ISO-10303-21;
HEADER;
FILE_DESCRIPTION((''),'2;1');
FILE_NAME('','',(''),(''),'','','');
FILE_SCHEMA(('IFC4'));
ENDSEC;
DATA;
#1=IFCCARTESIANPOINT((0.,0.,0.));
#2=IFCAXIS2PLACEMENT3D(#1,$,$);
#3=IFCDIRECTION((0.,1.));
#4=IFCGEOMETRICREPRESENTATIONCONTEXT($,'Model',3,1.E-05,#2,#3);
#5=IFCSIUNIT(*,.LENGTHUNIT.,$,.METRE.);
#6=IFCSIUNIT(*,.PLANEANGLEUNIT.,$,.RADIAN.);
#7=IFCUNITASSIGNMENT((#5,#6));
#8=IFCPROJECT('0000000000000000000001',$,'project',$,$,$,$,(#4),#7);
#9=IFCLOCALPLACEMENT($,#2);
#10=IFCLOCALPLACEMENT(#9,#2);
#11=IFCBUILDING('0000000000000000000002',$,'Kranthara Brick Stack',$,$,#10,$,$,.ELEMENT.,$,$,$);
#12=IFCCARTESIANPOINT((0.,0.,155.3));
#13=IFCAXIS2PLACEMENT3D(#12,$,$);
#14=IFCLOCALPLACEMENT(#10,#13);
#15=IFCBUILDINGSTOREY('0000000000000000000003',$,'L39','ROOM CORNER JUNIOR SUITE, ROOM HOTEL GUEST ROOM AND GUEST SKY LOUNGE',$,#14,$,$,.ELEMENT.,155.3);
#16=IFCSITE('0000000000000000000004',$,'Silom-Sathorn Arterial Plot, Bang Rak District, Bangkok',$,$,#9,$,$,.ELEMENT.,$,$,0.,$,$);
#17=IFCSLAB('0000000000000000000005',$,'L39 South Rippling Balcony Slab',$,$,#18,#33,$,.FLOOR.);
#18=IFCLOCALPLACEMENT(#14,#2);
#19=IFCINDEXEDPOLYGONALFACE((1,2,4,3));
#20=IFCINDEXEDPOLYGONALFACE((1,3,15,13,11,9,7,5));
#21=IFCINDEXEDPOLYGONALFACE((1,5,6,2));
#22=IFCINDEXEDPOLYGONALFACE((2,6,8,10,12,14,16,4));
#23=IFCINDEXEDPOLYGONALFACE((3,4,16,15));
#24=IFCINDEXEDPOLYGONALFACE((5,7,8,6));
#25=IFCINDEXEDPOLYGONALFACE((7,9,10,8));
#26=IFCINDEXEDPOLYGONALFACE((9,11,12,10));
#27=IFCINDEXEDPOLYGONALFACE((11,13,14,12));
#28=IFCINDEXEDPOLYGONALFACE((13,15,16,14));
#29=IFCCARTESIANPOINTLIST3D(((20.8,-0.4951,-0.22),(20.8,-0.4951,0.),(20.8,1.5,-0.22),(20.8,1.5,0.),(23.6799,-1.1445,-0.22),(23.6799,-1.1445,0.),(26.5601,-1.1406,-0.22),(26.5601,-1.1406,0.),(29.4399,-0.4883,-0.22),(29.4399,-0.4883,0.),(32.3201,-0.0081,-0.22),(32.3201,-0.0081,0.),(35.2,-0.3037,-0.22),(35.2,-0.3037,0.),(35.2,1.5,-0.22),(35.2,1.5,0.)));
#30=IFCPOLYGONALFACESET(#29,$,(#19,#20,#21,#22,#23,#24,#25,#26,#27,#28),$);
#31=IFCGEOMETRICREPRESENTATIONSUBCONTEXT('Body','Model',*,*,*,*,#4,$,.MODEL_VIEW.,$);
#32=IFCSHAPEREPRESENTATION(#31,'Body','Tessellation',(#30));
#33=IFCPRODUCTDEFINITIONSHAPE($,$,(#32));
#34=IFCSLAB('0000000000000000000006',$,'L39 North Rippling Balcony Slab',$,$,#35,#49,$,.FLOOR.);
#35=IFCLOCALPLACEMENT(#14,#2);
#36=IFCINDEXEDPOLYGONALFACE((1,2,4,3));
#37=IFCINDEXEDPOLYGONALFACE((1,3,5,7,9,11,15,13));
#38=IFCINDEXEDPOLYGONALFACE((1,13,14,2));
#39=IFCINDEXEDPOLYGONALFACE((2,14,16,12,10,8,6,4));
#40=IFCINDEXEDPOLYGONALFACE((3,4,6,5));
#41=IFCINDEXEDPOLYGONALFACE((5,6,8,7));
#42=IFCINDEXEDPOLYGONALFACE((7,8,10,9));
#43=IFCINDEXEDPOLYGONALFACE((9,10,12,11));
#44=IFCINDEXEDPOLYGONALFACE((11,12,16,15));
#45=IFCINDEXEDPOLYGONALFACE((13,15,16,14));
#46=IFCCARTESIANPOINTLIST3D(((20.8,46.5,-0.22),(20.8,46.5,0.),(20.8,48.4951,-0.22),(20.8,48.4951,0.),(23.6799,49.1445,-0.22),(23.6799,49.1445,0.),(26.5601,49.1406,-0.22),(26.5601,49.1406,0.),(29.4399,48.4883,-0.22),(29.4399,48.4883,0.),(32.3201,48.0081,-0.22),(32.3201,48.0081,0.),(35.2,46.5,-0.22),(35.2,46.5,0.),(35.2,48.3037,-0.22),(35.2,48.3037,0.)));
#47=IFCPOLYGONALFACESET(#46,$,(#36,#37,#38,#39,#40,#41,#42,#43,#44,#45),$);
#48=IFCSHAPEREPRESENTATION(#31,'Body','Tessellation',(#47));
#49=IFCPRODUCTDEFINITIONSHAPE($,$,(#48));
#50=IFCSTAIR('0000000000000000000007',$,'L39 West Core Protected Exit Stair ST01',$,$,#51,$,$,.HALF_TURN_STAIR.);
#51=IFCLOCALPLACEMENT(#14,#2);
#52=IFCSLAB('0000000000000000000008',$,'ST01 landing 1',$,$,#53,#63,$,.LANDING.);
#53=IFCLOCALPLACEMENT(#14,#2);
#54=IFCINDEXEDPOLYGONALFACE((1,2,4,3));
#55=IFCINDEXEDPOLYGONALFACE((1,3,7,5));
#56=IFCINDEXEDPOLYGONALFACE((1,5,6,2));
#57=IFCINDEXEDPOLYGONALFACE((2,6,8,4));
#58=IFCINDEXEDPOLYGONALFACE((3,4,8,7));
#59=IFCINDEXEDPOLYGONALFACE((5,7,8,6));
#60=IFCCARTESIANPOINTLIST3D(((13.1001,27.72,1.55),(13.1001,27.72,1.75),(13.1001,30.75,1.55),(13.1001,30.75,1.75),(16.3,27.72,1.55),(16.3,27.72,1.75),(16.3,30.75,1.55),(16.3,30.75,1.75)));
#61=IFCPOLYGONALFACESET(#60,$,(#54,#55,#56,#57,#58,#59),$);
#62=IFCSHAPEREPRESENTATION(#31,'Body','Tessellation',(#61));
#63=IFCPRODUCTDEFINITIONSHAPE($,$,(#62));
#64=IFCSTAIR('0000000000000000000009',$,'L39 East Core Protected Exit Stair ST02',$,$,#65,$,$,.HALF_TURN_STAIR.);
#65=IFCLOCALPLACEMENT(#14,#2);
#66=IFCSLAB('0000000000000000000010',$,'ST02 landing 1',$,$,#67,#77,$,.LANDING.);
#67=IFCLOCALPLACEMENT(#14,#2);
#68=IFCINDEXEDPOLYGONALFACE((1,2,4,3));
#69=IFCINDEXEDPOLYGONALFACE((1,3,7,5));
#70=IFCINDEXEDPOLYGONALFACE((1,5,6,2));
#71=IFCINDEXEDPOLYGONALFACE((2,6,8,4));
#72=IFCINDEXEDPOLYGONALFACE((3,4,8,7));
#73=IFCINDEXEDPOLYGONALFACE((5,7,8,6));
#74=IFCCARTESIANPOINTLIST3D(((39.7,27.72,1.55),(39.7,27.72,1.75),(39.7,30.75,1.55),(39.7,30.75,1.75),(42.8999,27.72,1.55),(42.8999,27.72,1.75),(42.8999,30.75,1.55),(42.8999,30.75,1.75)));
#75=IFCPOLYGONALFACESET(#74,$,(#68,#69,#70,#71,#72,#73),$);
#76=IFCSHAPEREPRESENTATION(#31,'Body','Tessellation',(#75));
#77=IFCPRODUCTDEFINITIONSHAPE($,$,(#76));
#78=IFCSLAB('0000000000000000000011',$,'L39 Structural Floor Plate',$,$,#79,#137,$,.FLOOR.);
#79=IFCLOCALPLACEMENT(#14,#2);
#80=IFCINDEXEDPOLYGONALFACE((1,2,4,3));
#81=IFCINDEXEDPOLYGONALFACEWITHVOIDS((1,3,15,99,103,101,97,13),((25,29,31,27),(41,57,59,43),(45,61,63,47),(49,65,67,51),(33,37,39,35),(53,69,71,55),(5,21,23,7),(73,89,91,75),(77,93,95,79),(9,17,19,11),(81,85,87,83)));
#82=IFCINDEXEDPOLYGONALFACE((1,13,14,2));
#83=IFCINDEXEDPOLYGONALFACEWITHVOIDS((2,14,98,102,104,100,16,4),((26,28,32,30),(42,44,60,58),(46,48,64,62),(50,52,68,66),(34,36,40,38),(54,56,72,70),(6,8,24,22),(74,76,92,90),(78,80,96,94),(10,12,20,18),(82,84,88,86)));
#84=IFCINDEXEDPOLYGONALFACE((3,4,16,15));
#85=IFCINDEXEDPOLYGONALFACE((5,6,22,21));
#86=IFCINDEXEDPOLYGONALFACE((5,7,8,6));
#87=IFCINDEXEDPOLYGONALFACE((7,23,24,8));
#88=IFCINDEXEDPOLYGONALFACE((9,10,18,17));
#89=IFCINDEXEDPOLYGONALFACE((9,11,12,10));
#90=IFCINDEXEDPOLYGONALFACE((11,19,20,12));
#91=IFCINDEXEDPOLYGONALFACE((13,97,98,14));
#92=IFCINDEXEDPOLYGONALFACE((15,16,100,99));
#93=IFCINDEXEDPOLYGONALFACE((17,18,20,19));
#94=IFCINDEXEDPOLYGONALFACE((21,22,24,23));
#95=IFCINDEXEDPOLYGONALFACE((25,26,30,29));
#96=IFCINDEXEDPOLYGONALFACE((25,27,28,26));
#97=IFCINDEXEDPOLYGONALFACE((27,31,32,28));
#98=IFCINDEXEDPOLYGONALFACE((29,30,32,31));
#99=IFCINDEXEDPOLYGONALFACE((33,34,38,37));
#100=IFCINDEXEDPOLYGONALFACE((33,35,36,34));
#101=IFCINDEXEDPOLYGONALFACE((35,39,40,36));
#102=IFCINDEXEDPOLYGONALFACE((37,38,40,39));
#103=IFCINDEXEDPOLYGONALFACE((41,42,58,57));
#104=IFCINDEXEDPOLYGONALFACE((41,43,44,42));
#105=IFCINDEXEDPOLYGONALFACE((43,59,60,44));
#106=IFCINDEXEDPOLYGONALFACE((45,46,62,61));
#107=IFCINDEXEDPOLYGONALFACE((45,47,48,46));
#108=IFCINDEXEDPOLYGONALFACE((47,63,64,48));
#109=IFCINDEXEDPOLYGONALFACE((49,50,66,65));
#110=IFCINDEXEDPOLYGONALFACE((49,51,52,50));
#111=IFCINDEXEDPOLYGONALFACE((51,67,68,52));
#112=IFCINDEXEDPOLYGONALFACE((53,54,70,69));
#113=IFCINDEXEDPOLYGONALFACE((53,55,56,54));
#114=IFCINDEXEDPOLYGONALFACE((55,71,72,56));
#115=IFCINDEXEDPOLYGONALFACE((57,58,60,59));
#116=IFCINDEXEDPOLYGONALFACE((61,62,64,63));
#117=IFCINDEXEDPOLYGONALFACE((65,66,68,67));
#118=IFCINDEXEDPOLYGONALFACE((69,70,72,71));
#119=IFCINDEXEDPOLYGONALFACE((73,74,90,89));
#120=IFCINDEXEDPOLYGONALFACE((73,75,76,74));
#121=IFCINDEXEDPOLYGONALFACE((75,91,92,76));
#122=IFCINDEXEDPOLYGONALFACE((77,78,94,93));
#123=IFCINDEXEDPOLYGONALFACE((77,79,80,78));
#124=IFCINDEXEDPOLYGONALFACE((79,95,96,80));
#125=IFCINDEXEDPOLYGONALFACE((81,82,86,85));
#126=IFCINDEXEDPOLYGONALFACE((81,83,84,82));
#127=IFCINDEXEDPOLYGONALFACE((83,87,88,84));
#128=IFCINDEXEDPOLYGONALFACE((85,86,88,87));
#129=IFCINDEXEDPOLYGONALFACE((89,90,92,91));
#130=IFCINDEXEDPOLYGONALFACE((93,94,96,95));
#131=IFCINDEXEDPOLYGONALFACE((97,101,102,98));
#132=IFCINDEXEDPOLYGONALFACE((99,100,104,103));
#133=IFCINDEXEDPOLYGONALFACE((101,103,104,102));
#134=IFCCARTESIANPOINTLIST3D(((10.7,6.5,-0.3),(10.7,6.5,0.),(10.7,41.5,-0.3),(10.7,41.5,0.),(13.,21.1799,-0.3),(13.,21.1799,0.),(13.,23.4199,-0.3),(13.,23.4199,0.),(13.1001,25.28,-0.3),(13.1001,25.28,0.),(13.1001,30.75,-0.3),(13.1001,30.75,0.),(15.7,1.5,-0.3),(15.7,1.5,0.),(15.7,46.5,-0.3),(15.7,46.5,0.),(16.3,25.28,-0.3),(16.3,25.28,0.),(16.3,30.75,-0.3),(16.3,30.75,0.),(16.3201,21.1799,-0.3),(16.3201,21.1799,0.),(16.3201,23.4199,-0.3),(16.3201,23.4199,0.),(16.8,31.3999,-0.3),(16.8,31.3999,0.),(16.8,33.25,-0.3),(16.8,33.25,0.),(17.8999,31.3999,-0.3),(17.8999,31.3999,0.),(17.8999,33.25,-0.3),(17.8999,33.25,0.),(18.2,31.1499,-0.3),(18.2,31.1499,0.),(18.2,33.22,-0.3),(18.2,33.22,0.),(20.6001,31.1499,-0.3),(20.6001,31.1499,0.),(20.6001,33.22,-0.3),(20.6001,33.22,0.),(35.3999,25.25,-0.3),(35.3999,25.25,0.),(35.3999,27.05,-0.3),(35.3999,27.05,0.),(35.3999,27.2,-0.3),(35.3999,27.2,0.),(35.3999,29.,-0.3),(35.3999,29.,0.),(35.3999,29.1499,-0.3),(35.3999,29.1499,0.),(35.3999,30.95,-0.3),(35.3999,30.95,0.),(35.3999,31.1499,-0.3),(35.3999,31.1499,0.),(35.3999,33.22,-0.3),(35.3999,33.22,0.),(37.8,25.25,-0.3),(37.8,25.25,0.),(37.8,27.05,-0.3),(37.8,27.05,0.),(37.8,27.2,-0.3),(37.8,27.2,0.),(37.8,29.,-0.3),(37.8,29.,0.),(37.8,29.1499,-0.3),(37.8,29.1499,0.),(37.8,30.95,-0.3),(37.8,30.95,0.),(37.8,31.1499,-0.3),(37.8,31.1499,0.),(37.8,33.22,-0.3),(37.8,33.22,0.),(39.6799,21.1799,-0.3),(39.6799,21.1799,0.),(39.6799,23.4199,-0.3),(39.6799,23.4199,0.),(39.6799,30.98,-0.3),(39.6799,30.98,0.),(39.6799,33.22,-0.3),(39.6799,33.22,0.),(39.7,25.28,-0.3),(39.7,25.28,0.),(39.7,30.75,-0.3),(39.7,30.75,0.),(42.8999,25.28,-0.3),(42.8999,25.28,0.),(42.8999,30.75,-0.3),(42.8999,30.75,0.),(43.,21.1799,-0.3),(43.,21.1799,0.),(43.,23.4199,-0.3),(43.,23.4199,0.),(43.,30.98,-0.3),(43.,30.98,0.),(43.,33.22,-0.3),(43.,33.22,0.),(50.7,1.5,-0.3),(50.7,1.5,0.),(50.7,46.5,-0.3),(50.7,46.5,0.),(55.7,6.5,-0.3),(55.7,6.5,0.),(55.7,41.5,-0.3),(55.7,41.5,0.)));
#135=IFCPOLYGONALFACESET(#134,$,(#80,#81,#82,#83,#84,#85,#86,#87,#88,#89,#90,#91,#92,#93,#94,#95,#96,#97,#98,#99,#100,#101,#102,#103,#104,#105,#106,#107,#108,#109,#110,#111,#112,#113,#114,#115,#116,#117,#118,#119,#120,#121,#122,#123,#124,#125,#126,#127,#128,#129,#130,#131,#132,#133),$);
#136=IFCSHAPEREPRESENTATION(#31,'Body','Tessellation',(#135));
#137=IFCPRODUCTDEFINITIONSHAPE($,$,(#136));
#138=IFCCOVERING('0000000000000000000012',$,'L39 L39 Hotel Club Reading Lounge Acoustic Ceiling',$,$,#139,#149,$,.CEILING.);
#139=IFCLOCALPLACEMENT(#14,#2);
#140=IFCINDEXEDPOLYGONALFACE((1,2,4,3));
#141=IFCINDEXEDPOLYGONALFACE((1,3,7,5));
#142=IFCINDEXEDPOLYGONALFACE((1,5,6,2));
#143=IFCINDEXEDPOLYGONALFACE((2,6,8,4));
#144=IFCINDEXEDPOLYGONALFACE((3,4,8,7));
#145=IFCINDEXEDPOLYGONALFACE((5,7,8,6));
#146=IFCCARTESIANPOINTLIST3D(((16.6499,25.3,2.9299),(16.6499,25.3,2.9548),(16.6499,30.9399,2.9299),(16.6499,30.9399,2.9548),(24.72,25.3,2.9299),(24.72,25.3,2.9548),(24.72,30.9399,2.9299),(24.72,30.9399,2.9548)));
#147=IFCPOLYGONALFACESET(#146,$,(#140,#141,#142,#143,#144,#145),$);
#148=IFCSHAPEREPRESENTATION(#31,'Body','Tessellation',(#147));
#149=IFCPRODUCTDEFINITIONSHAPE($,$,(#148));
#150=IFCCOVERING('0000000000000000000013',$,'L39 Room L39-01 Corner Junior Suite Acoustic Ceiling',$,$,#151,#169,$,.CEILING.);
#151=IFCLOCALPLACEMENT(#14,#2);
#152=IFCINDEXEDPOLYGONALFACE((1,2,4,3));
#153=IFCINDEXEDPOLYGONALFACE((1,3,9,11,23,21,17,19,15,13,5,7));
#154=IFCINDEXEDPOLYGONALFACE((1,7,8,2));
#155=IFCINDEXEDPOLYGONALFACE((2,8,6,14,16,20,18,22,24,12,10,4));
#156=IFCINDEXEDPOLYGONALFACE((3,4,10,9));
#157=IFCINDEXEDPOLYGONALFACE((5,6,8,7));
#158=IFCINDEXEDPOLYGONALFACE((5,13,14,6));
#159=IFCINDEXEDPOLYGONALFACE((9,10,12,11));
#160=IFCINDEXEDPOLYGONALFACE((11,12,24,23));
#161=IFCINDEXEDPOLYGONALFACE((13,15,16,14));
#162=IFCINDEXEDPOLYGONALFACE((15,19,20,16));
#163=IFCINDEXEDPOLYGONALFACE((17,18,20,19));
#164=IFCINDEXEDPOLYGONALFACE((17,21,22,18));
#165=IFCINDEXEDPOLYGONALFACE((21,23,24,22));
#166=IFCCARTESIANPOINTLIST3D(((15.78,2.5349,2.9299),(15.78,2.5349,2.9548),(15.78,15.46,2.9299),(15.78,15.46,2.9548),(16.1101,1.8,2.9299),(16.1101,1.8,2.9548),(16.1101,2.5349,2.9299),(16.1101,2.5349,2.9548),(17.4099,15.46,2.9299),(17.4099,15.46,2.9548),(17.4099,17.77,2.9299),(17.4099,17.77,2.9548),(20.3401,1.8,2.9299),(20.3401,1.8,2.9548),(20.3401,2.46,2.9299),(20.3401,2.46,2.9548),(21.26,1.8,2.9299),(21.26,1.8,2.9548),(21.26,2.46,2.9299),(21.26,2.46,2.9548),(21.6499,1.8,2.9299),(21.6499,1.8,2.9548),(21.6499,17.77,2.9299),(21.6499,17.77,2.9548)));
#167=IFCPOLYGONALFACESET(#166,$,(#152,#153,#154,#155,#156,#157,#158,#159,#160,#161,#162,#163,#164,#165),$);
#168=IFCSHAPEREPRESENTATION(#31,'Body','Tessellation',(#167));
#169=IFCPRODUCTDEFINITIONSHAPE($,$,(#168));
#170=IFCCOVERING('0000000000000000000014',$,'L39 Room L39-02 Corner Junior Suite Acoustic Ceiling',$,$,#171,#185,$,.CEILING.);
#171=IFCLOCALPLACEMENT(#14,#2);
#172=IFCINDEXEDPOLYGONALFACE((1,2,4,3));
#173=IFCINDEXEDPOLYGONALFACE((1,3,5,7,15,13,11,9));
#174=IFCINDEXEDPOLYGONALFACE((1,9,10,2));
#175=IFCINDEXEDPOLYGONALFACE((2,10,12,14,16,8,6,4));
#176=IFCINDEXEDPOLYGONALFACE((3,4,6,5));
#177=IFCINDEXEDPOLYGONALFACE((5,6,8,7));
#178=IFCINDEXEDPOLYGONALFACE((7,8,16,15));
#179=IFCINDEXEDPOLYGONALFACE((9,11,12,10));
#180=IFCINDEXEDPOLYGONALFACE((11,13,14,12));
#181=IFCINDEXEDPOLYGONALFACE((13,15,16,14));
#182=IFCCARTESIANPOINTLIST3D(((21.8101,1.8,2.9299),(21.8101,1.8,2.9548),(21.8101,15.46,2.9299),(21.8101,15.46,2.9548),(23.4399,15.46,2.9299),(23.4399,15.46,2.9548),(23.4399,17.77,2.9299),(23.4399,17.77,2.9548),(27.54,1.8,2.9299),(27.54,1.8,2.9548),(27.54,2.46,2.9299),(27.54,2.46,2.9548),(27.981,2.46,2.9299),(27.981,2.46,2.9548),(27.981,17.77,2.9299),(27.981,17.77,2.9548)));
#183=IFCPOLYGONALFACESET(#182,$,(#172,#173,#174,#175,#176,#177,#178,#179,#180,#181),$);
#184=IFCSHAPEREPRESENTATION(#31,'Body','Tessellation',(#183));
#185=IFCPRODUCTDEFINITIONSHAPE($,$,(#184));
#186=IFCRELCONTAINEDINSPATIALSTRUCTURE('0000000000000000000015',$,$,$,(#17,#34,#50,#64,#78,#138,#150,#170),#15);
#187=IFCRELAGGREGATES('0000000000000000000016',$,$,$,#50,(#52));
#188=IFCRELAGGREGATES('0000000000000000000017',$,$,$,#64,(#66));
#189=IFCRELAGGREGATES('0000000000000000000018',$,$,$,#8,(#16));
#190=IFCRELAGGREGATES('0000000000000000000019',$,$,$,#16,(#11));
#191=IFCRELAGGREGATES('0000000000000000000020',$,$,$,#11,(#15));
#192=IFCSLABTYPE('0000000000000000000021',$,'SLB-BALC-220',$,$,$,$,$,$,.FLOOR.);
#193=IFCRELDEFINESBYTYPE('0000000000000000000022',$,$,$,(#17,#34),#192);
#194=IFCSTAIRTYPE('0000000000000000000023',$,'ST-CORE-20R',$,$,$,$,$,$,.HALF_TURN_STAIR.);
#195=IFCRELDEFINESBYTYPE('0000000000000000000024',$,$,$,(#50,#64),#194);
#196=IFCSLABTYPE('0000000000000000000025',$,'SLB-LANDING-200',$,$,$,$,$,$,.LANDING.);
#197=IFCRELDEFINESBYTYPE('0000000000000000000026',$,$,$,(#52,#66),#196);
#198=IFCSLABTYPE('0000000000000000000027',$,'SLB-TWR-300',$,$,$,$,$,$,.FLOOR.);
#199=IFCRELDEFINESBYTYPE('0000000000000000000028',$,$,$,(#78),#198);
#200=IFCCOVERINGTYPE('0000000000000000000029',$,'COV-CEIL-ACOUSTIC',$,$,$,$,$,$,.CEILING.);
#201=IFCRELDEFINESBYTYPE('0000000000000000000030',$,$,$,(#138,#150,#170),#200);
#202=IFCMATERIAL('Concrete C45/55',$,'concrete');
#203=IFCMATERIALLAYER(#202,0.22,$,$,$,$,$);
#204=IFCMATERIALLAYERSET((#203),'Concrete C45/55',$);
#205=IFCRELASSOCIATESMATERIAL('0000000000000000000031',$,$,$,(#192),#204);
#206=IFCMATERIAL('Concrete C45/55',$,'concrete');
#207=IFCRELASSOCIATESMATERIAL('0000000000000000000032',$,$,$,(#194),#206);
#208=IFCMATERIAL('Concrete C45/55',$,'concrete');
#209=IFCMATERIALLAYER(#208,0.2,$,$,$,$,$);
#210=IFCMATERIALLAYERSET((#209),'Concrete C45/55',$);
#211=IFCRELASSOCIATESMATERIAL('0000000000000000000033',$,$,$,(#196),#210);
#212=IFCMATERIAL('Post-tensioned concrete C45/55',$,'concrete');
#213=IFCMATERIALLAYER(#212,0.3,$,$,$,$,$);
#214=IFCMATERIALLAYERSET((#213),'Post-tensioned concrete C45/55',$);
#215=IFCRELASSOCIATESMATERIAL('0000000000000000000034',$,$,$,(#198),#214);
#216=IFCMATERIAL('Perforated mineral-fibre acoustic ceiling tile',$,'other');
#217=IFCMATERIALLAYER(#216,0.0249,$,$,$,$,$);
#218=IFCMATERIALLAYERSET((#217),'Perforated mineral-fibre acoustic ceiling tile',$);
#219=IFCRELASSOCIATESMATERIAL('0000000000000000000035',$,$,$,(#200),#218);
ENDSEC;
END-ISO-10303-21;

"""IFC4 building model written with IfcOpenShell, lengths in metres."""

from ifc_helpers import new_model, si_unit, direction, frame, origin, place, context, subcontext, project, spatial, polyline, outline, extrude, material, layer, layer_set, type_object, element, aggregate, save


model = new_model("IFC4")

# Units and contexts
model_context = context("Model", 3, precision=1e-05, world=origin(), true_north=direction((0.0, 1.0)))
body_context = subcontext(model_context, "Body", "Model", "MODEL_VIEW")
ifc_project = project(units=[si_unit("LENGTHUNIT", "METRE"), si_unit("PLANEANGLEUNIT", "RADIAN")], contexts=[model_context])

# Site, building, storey
site_placement = place(None, origin())
site = spatial("IfcSite", under=ifc_project, at=site_placement, Name="Silom-Sathorn Arterial Plot, Bang Rak District, Bangkok", CompositionType="ELEMENT", RefElevation=0.0)
building_placement = place(site_placement, origin())
building = spatial("IfcBuilding", under=site, at=building_placement, Name="Kranthara Brick Stack", CompositionType="ELEMENT")
storey_placement = place(building_placement, frame((0.0, 0.0, 155.3)))
storey = spatial("IfcBuildingStorey", under=building, at=storey_placement, Name="L39", Description="ROOM CORNER JUNIOR SUITE, ROOM HOTEL GUEST ROOM AND GUEST SKY LOUNGE", CompositionType="ELEMENT", Elevation=155.3)

# Slabs
ifc_material_1 = material(Name="Concrete C45/55", Category="concrete")
ifc_layer_1 = layer(ifc_material_1, 0.22)
ifc_layer_set_1 = layer_set([ifc_layer_1], Name="Concrete C45/55")
slab_type_1 = type_object("IfcSlabType", Name="SLB-BALC-220", PredefinedType="FLOOR", material=ifc_layer_set_1)
slab_1_placement = place(storey_placement, frame((0.0, 0.0, -0.22)))
element("IfcSlab", 1, at=slab_1_placement, inside=storey, type_object=slab_type_1, Name="L39 South Rippling Balcony Slab", PredefinedType="FLOOR", context=body_context, shape_type="SweptSolid", body=[
    extrude(outline(polyline([(20.8, 1.5), (35.2, 1.5), (35.2, -0.3037), (32.3201, -0.0081), (29.4399, -0.4883), (26.5601, -1.1406), (23.6799, -1.1445), (20.8, -0.4951), (20.8, 1.5)])), origin(), (0.0, 0.0, 1.0), 0.22),
])
slab_2_placement = place(storey_placement, frame((0.0, 0.0, -0.22)))
element("IfcSlab", 2, at=slab_2_placement, inside=storey, type_object=slab_type_1, Name="L39 North Rippling Balcony Slab", PredefinedType="FLOOR", context=body_context, shape_type="SweptSolid", body=[
    extrude(outline(polyline([(35.2, 46.5), (20.8, 46.5), (20.8, 48.4951), (23.6799, 49.1445), (26.5601, 49.1406), (29.4399, 48.4883), (32.3201, 48.0081), (35.2, 48.3037), (35.2, 46.5)])), origin(), (0.0, 0.0, 1.0), 0.22),
])

# Stairs, slabs
ifc_material_2 = material(Name="Concrete C45/55", Category="concrete")
stair_type = type_object("IfcStairType", Name="ST-CORE-20R", PredefinedType="HALF_TURN_STAIR", material=ifc_material_2)
stair_1_placement = place(storey_placement, origin())
stair_1 = element("IfcStair", 3, at=stair_1_placement, inside=storey, type_object=stair_type, Name="L39 West Core Protected Exit Stair ST01", PredefinedType="HALF_TURN_STAIR")
ifc_material_3 = material(Name="Concrete C45/55", Category="concrete")
ifc_layer_2 = layer(ifc_material_3, 0.2)
ifc_layer_set_2 = layer_set([ifc_layer_2], Name="Concrete C45/55")
slab_type_2 = type_object("IfcSlabType", Name="SLB-LANDING-200", PredefinedType="LANDING", material=ifc_layer_set_2)
slab_3_placement = place(storey_placement, frame((0.0, 0.0, 1.55)))
slab_3 = element("IfcSlab", 4, at=slab_3_placement, type_object=slab_type_2, Name="ST01 landing 1", PredefinedType="LANDING", context=body_context, shape_type="SweptSolid", body=[
    extrude(outline(polyline([(16.3, 27.72), (16.3, 30.75), (13.1001, 30.75), (13.1001, 27.72), (16.3, 27.72)])), origin(), (0.0, 0.0, 1.0), 0.2),
])
aggregate(stair_1, [slab_3])
stair_2_placement = place(storey_placement, origin())
stair_2 = element("IfcStair", 5, at=stair_2_placement, inside=storey, type_object=stair_type, Name="L39 East Core Protected Exit Stair ST02", PredefinedType="HALF_TURN_STAIR")
slab_4_placement = place(storey_placement, frame((0.0, 0.0, 1.55)))
slab_4 = element("IfcSlab", 6, at=slab_4_placement, type_object=slab_type_2, Name="ST02 landing 1", PredefinedType="LANDING", context=body_context, shape_type="SweptSolid", body=[
    extrude(outline(polyline([(42.8999, 27.72), (42.8999, 30.75), (39.7, 30.75), (39.7, 27.72), (42.8999, 27.72)])), origin(), (0.0, 0.0, 1.0), 0.2),
])
aggregate(stair_2, [slab_4])

# Slab
ifc_material_4 = material(Name="Post-tensioned concrete C45/55", Category="concrete")
ifc_layer_3 = layer(ifc_material_4, 0.3)
ifc_layer_set_3 = layer_set([ifc_layer_3], Name="Post-tensioned concrete C45/55")
slab_type_3 = type_object("IfcSlabType", Name="SLB-TWR-300", PredefinedType="FLOOR", material=ifc_layer_set_3)
slab_5_placement = place(storey_placement, frame((0.0, 0.0, -0.3)))
element("IfcSlab", 7, at=slab_5_placement, inside=storey, type_object=slab_type_3, Name="L39 Structural Floor Plate", PredefinedType="FLOOR", context=body_context, shape_type="SweptSolid", body=[
    extrude(outline(polyline([(15.7, 1.5), (50.7, 1.5), (55.7, 6.5), (55.7, 41.5), (50.7, 46.5), (15.7, 46.5), (10.7, 41.5), (10.7, 6.5), (15.7, 1.5)]), holes=[polyline([(13.1001, 25.28), (16.3, 25.28), (16.3, 30.75), (13.1001, 30.75), (13.1001, 25.28)]), polyline([(39.7, 25.28), (42.8999, 25.28), (42.8999, 30.75), (39.7, 30.75), (39.7, 25.28)]), polyline([(13.0, 21.1799), (16.3201, 21.1799), (16.3201, 23.4199), (13.0, 23.4199), (13.0, 21.1799)]), polyline([(39.6799, 21.1799), (43.0, 21.1799), (43.0, 23.4199), (39.6799, 23.4199), (39.6799, 21.1799)]), polyline([(39.6799, 30.98), (43.0, 30.98), (43.0, 33.22), (39.6799, 33.22), (39.6799, 30.98)]), polyline([(35.3999, 25.25), (37.8, 25.25), (37.8, 27.05), (35.3999, 27.05), (35.3999, 25.25)]), polyline([(35.3999, 27.2), (37.8, 27.2), (37.8, 29.0), (35.3999, 29.0), (35.3999, 27.2)]), polyline([(35.3999, 29.1499), (37.8, 29.1499), (37.8, 30.95), (35.3999, 30.95), (35.3999, 29.1499)]), polyline([(18.2, 31.1499), (20.6001, 31.1499), (20.6001, 33.22), (18.2, 33.22), (18.2, 31.1499)]), polyline([(35.3999, 31.1499), (37.8, 31.1499), (37.8, 33.22), (35.3999, 33.22), (35.3999, 31.1499)]), polyline([(16.8, 31.3999), (17.8999, 31.3999), (17.8999, 33.25), (16.8, 33.25), (16.8, 31.3999)])]), origin(), (0.0, 0.0, 1.0), 0.3),
])

# Coverings
ifc_material_5 = material(Name="Perforated mineral-fibre acoustic ceiling tile", Category="other")
ifc_layer_4 = layer(ifc_material_5, 0.0249)
ifc_layer_set_4 = layer_set([ifc_layer_4], Name="Perforated mineral-fibre acoustic ceiling tile")
covering_type_1 = type_object("IfcCoveringType", Name="COV-CEIL-ACOUSTIC", PredefinedType="CEILING", material=ifc_layer_set_4)
covering_1_placement = place(storey_placement, frame((0.0, 0.0, 2.9299)))
element("IfcCovering", 8, at=covering_1_placement, inside=storey, type_object=covering_type_1, Name="L39 L39 Hotel Club Reading Lounge Acoustic Ceiling", PredefinedType="CEILING", context=body_context, shape_type="SweptSolid", body=[
    extrude(outline(polyline([(24.72, 25.3), (24.72, 30.9399), (16.6499, 30.9399), (16.6499, 25.3), (24.72, 25.3)])), origin(), (0.0, 0.0, 1.0), 0.0249),
])
covering_2_placement = place(storey_placement, frame((0.0, 0.0, 2.9299)))
element("IfcCovering", 9, at=covering_2_placement, inside=storey, type_object=covering_type_1, Name="L39 Room L39-01 Corner Junior Suite Acoustic Ceiling", PredefinedType="CEILING", context=body_context, shape_type="SweptSolid", body=[
    extrude(outline(polyline([(17.4099, 15.46), (17.4099, 17.77), (21.6499, 17.77), (21.6499, 1.8), (21.26, 1.8), (21.26, 2.46), (20.3401, 2.46), (20.3401, 1.8), (16.1101, 1.8), (16.1101, 2.5349), (15.78, 2.5349), (15.78, 15.46), (17.4099, 15.46)])), origin(), (0.0, 0.0, 1.0), 0.0249),
])
covering_3_placement = place(storey_placement, frame((0.0, 0.0, 2.9299)))
element("IfcCovering", 10, at=covering_3_placement, inside=storey, type_object=covering_type_1, Name="L39 Room L39-02 Corner Junior Suite Acoustic Ceiling", PredefinedType="CEILING", context=body_context, shape_type="SweptSolid", body=[
    extrude(outline(polyline([(21.8101, 1.8), (21.8101, 15.46), (23.4399, 15.46), (23.4399, 17.77), (27.981, 17.77), (27.981, 2.46), (27.54, 2.46), (27.54, 1.8), (21.8101, 1.8)])), origin(), (0.0, 0.0, 1.0), 0.0249),
])

save(model, "model.ifc")
